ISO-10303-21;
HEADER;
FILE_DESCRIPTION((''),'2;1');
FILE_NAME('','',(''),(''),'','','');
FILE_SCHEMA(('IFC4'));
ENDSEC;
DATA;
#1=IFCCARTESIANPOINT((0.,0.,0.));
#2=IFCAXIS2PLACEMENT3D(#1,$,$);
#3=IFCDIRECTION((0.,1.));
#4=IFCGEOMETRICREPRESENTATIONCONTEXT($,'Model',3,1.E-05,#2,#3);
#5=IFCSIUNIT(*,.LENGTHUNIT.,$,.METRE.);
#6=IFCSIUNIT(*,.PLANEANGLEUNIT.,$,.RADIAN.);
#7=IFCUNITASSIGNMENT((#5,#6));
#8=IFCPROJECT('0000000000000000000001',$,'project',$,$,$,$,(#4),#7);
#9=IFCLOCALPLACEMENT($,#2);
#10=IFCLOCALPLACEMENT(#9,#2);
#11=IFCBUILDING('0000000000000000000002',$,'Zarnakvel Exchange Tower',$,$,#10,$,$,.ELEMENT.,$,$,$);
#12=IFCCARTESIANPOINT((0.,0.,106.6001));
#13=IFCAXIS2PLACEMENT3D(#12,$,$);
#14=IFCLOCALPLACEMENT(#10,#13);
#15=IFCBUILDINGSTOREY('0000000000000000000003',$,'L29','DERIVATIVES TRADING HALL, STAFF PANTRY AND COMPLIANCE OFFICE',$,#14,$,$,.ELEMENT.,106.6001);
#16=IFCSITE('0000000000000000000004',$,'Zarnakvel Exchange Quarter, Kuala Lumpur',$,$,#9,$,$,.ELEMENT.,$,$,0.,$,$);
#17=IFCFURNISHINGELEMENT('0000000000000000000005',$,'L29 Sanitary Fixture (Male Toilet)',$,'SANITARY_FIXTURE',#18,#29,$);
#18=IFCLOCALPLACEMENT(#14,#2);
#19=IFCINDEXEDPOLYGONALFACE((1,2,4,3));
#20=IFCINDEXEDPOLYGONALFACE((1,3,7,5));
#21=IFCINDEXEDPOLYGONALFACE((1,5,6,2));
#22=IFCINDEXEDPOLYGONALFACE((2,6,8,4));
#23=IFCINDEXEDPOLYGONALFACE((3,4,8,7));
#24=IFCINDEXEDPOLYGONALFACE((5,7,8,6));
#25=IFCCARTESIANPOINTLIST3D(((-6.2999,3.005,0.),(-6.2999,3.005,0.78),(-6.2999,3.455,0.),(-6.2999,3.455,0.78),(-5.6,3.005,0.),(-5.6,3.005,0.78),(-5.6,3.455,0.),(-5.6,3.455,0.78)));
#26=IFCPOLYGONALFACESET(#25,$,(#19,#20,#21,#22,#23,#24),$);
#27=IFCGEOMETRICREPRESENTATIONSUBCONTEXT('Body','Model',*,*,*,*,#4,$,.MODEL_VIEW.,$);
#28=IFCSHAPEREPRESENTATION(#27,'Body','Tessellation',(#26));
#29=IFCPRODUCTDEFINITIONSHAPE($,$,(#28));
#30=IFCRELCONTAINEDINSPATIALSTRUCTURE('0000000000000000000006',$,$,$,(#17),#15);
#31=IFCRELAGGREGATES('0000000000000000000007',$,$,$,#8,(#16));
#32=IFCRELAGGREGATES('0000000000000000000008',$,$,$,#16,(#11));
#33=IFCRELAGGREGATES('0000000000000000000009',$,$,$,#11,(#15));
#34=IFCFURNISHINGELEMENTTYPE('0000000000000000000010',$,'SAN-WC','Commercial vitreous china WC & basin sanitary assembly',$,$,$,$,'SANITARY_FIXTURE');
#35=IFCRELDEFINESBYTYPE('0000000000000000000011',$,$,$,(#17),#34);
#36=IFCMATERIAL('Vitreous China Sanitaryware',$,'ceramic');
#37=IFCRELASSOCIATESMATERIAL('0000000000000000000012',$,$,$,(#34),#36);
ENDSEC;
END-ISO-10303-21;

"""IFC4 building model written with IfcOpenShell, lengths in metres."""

from ifc_helpers import new_model, si_unit, direction, frame, origin, origin_2d, place, context, subcontext, project, spatial, rectangle, extrude, source, transform, mapped, material, type_object, element, save


model = new_model("IFC4")

# Units and contexts
model_context = context("Model", 3, precision=1e-05, world=origin(), true_north=direction((0.0, 1.0)))
body_context = subcontext(model_context, "Body", "Model", "MODEL_VIEW")
ifc_project = project(units=[si_unit("LENGTHUNIT", "METRE"), si_unit("PLANEANGLEUNIT", "RADIAN")], contexts=[model_context])

# Site, building, storey
site_placement = place(None, origin())
site = spatial("IfcSite", under=ifc_project, at=site_placement, Name="Zarnakvel Exchange Quarter, Kuala Lumpur", CompositionType="ELEMENT", RefElevation=0.0)
building_placement = place(site_placement, origin())
building = spatial("IfcBuilding", under=site, at=building_placement, Name="Zarnakvel Exchange Tower", CompositionType="ELEMENT")
storey_placement = place(building_placement, frame((0.0, 0.0, 106.6001)))
storey = spatial("IfcBuildingStorey", under=building, at=storey_placement, Name="L29", Description="DERIVATIVES TRADING HALL, STAFF PANTRY AND COMPLIANCE OFFICE", CompositionType="ELEMENT", Elevation=106.6001)

# Furnishing element
ifc_material_1 = material(Name="Vitreous China Sanitaryware", Category="ceramic")
furnishing_element_type = type_object("IfcFurnishingElementType", Name="SAN-WC", Description="Commercial vitreous china WC & basin sanitary assembly", ElementType="SANITARY_FIXTURE", material=ifc_material_1)
shared_shape_1 = source(origin(), body_context, "Body", "SweptSolid", [
    extrude(rectangle(XDim=0.7, YDim=0.45, at=origin_2d()), origin(), (0.0, 0.0, 1.0), 0.78),
])
furnishing_placement = place(storey_placement, frame((-5.95, 3.23, 0.0), z_axis=(0.0, 0.0, 1.0), x_axis=(1.0, 0.0, 0.0)))
element("IfcFurnishingElement", 1, at=furnishing_placement, inside=storey, type_object=furnishing_element_type, Name="L29 Sanitary Fixture (Male Toilet)", ObjectType="SANITARY_FIXTURE", context=body_context, shape_type="MappedRepresentation", body=[
    mapped(shared_shape_1, transform((0.0, 0.0, 0.0), x_axis=(1.0, 0.0, 0.0), y_axis=(0.0, 1.0, 0.0), z_axis=(0.0, 0.0, 1.0), scale=1.0)),
])

save(model, "model.ifc")
